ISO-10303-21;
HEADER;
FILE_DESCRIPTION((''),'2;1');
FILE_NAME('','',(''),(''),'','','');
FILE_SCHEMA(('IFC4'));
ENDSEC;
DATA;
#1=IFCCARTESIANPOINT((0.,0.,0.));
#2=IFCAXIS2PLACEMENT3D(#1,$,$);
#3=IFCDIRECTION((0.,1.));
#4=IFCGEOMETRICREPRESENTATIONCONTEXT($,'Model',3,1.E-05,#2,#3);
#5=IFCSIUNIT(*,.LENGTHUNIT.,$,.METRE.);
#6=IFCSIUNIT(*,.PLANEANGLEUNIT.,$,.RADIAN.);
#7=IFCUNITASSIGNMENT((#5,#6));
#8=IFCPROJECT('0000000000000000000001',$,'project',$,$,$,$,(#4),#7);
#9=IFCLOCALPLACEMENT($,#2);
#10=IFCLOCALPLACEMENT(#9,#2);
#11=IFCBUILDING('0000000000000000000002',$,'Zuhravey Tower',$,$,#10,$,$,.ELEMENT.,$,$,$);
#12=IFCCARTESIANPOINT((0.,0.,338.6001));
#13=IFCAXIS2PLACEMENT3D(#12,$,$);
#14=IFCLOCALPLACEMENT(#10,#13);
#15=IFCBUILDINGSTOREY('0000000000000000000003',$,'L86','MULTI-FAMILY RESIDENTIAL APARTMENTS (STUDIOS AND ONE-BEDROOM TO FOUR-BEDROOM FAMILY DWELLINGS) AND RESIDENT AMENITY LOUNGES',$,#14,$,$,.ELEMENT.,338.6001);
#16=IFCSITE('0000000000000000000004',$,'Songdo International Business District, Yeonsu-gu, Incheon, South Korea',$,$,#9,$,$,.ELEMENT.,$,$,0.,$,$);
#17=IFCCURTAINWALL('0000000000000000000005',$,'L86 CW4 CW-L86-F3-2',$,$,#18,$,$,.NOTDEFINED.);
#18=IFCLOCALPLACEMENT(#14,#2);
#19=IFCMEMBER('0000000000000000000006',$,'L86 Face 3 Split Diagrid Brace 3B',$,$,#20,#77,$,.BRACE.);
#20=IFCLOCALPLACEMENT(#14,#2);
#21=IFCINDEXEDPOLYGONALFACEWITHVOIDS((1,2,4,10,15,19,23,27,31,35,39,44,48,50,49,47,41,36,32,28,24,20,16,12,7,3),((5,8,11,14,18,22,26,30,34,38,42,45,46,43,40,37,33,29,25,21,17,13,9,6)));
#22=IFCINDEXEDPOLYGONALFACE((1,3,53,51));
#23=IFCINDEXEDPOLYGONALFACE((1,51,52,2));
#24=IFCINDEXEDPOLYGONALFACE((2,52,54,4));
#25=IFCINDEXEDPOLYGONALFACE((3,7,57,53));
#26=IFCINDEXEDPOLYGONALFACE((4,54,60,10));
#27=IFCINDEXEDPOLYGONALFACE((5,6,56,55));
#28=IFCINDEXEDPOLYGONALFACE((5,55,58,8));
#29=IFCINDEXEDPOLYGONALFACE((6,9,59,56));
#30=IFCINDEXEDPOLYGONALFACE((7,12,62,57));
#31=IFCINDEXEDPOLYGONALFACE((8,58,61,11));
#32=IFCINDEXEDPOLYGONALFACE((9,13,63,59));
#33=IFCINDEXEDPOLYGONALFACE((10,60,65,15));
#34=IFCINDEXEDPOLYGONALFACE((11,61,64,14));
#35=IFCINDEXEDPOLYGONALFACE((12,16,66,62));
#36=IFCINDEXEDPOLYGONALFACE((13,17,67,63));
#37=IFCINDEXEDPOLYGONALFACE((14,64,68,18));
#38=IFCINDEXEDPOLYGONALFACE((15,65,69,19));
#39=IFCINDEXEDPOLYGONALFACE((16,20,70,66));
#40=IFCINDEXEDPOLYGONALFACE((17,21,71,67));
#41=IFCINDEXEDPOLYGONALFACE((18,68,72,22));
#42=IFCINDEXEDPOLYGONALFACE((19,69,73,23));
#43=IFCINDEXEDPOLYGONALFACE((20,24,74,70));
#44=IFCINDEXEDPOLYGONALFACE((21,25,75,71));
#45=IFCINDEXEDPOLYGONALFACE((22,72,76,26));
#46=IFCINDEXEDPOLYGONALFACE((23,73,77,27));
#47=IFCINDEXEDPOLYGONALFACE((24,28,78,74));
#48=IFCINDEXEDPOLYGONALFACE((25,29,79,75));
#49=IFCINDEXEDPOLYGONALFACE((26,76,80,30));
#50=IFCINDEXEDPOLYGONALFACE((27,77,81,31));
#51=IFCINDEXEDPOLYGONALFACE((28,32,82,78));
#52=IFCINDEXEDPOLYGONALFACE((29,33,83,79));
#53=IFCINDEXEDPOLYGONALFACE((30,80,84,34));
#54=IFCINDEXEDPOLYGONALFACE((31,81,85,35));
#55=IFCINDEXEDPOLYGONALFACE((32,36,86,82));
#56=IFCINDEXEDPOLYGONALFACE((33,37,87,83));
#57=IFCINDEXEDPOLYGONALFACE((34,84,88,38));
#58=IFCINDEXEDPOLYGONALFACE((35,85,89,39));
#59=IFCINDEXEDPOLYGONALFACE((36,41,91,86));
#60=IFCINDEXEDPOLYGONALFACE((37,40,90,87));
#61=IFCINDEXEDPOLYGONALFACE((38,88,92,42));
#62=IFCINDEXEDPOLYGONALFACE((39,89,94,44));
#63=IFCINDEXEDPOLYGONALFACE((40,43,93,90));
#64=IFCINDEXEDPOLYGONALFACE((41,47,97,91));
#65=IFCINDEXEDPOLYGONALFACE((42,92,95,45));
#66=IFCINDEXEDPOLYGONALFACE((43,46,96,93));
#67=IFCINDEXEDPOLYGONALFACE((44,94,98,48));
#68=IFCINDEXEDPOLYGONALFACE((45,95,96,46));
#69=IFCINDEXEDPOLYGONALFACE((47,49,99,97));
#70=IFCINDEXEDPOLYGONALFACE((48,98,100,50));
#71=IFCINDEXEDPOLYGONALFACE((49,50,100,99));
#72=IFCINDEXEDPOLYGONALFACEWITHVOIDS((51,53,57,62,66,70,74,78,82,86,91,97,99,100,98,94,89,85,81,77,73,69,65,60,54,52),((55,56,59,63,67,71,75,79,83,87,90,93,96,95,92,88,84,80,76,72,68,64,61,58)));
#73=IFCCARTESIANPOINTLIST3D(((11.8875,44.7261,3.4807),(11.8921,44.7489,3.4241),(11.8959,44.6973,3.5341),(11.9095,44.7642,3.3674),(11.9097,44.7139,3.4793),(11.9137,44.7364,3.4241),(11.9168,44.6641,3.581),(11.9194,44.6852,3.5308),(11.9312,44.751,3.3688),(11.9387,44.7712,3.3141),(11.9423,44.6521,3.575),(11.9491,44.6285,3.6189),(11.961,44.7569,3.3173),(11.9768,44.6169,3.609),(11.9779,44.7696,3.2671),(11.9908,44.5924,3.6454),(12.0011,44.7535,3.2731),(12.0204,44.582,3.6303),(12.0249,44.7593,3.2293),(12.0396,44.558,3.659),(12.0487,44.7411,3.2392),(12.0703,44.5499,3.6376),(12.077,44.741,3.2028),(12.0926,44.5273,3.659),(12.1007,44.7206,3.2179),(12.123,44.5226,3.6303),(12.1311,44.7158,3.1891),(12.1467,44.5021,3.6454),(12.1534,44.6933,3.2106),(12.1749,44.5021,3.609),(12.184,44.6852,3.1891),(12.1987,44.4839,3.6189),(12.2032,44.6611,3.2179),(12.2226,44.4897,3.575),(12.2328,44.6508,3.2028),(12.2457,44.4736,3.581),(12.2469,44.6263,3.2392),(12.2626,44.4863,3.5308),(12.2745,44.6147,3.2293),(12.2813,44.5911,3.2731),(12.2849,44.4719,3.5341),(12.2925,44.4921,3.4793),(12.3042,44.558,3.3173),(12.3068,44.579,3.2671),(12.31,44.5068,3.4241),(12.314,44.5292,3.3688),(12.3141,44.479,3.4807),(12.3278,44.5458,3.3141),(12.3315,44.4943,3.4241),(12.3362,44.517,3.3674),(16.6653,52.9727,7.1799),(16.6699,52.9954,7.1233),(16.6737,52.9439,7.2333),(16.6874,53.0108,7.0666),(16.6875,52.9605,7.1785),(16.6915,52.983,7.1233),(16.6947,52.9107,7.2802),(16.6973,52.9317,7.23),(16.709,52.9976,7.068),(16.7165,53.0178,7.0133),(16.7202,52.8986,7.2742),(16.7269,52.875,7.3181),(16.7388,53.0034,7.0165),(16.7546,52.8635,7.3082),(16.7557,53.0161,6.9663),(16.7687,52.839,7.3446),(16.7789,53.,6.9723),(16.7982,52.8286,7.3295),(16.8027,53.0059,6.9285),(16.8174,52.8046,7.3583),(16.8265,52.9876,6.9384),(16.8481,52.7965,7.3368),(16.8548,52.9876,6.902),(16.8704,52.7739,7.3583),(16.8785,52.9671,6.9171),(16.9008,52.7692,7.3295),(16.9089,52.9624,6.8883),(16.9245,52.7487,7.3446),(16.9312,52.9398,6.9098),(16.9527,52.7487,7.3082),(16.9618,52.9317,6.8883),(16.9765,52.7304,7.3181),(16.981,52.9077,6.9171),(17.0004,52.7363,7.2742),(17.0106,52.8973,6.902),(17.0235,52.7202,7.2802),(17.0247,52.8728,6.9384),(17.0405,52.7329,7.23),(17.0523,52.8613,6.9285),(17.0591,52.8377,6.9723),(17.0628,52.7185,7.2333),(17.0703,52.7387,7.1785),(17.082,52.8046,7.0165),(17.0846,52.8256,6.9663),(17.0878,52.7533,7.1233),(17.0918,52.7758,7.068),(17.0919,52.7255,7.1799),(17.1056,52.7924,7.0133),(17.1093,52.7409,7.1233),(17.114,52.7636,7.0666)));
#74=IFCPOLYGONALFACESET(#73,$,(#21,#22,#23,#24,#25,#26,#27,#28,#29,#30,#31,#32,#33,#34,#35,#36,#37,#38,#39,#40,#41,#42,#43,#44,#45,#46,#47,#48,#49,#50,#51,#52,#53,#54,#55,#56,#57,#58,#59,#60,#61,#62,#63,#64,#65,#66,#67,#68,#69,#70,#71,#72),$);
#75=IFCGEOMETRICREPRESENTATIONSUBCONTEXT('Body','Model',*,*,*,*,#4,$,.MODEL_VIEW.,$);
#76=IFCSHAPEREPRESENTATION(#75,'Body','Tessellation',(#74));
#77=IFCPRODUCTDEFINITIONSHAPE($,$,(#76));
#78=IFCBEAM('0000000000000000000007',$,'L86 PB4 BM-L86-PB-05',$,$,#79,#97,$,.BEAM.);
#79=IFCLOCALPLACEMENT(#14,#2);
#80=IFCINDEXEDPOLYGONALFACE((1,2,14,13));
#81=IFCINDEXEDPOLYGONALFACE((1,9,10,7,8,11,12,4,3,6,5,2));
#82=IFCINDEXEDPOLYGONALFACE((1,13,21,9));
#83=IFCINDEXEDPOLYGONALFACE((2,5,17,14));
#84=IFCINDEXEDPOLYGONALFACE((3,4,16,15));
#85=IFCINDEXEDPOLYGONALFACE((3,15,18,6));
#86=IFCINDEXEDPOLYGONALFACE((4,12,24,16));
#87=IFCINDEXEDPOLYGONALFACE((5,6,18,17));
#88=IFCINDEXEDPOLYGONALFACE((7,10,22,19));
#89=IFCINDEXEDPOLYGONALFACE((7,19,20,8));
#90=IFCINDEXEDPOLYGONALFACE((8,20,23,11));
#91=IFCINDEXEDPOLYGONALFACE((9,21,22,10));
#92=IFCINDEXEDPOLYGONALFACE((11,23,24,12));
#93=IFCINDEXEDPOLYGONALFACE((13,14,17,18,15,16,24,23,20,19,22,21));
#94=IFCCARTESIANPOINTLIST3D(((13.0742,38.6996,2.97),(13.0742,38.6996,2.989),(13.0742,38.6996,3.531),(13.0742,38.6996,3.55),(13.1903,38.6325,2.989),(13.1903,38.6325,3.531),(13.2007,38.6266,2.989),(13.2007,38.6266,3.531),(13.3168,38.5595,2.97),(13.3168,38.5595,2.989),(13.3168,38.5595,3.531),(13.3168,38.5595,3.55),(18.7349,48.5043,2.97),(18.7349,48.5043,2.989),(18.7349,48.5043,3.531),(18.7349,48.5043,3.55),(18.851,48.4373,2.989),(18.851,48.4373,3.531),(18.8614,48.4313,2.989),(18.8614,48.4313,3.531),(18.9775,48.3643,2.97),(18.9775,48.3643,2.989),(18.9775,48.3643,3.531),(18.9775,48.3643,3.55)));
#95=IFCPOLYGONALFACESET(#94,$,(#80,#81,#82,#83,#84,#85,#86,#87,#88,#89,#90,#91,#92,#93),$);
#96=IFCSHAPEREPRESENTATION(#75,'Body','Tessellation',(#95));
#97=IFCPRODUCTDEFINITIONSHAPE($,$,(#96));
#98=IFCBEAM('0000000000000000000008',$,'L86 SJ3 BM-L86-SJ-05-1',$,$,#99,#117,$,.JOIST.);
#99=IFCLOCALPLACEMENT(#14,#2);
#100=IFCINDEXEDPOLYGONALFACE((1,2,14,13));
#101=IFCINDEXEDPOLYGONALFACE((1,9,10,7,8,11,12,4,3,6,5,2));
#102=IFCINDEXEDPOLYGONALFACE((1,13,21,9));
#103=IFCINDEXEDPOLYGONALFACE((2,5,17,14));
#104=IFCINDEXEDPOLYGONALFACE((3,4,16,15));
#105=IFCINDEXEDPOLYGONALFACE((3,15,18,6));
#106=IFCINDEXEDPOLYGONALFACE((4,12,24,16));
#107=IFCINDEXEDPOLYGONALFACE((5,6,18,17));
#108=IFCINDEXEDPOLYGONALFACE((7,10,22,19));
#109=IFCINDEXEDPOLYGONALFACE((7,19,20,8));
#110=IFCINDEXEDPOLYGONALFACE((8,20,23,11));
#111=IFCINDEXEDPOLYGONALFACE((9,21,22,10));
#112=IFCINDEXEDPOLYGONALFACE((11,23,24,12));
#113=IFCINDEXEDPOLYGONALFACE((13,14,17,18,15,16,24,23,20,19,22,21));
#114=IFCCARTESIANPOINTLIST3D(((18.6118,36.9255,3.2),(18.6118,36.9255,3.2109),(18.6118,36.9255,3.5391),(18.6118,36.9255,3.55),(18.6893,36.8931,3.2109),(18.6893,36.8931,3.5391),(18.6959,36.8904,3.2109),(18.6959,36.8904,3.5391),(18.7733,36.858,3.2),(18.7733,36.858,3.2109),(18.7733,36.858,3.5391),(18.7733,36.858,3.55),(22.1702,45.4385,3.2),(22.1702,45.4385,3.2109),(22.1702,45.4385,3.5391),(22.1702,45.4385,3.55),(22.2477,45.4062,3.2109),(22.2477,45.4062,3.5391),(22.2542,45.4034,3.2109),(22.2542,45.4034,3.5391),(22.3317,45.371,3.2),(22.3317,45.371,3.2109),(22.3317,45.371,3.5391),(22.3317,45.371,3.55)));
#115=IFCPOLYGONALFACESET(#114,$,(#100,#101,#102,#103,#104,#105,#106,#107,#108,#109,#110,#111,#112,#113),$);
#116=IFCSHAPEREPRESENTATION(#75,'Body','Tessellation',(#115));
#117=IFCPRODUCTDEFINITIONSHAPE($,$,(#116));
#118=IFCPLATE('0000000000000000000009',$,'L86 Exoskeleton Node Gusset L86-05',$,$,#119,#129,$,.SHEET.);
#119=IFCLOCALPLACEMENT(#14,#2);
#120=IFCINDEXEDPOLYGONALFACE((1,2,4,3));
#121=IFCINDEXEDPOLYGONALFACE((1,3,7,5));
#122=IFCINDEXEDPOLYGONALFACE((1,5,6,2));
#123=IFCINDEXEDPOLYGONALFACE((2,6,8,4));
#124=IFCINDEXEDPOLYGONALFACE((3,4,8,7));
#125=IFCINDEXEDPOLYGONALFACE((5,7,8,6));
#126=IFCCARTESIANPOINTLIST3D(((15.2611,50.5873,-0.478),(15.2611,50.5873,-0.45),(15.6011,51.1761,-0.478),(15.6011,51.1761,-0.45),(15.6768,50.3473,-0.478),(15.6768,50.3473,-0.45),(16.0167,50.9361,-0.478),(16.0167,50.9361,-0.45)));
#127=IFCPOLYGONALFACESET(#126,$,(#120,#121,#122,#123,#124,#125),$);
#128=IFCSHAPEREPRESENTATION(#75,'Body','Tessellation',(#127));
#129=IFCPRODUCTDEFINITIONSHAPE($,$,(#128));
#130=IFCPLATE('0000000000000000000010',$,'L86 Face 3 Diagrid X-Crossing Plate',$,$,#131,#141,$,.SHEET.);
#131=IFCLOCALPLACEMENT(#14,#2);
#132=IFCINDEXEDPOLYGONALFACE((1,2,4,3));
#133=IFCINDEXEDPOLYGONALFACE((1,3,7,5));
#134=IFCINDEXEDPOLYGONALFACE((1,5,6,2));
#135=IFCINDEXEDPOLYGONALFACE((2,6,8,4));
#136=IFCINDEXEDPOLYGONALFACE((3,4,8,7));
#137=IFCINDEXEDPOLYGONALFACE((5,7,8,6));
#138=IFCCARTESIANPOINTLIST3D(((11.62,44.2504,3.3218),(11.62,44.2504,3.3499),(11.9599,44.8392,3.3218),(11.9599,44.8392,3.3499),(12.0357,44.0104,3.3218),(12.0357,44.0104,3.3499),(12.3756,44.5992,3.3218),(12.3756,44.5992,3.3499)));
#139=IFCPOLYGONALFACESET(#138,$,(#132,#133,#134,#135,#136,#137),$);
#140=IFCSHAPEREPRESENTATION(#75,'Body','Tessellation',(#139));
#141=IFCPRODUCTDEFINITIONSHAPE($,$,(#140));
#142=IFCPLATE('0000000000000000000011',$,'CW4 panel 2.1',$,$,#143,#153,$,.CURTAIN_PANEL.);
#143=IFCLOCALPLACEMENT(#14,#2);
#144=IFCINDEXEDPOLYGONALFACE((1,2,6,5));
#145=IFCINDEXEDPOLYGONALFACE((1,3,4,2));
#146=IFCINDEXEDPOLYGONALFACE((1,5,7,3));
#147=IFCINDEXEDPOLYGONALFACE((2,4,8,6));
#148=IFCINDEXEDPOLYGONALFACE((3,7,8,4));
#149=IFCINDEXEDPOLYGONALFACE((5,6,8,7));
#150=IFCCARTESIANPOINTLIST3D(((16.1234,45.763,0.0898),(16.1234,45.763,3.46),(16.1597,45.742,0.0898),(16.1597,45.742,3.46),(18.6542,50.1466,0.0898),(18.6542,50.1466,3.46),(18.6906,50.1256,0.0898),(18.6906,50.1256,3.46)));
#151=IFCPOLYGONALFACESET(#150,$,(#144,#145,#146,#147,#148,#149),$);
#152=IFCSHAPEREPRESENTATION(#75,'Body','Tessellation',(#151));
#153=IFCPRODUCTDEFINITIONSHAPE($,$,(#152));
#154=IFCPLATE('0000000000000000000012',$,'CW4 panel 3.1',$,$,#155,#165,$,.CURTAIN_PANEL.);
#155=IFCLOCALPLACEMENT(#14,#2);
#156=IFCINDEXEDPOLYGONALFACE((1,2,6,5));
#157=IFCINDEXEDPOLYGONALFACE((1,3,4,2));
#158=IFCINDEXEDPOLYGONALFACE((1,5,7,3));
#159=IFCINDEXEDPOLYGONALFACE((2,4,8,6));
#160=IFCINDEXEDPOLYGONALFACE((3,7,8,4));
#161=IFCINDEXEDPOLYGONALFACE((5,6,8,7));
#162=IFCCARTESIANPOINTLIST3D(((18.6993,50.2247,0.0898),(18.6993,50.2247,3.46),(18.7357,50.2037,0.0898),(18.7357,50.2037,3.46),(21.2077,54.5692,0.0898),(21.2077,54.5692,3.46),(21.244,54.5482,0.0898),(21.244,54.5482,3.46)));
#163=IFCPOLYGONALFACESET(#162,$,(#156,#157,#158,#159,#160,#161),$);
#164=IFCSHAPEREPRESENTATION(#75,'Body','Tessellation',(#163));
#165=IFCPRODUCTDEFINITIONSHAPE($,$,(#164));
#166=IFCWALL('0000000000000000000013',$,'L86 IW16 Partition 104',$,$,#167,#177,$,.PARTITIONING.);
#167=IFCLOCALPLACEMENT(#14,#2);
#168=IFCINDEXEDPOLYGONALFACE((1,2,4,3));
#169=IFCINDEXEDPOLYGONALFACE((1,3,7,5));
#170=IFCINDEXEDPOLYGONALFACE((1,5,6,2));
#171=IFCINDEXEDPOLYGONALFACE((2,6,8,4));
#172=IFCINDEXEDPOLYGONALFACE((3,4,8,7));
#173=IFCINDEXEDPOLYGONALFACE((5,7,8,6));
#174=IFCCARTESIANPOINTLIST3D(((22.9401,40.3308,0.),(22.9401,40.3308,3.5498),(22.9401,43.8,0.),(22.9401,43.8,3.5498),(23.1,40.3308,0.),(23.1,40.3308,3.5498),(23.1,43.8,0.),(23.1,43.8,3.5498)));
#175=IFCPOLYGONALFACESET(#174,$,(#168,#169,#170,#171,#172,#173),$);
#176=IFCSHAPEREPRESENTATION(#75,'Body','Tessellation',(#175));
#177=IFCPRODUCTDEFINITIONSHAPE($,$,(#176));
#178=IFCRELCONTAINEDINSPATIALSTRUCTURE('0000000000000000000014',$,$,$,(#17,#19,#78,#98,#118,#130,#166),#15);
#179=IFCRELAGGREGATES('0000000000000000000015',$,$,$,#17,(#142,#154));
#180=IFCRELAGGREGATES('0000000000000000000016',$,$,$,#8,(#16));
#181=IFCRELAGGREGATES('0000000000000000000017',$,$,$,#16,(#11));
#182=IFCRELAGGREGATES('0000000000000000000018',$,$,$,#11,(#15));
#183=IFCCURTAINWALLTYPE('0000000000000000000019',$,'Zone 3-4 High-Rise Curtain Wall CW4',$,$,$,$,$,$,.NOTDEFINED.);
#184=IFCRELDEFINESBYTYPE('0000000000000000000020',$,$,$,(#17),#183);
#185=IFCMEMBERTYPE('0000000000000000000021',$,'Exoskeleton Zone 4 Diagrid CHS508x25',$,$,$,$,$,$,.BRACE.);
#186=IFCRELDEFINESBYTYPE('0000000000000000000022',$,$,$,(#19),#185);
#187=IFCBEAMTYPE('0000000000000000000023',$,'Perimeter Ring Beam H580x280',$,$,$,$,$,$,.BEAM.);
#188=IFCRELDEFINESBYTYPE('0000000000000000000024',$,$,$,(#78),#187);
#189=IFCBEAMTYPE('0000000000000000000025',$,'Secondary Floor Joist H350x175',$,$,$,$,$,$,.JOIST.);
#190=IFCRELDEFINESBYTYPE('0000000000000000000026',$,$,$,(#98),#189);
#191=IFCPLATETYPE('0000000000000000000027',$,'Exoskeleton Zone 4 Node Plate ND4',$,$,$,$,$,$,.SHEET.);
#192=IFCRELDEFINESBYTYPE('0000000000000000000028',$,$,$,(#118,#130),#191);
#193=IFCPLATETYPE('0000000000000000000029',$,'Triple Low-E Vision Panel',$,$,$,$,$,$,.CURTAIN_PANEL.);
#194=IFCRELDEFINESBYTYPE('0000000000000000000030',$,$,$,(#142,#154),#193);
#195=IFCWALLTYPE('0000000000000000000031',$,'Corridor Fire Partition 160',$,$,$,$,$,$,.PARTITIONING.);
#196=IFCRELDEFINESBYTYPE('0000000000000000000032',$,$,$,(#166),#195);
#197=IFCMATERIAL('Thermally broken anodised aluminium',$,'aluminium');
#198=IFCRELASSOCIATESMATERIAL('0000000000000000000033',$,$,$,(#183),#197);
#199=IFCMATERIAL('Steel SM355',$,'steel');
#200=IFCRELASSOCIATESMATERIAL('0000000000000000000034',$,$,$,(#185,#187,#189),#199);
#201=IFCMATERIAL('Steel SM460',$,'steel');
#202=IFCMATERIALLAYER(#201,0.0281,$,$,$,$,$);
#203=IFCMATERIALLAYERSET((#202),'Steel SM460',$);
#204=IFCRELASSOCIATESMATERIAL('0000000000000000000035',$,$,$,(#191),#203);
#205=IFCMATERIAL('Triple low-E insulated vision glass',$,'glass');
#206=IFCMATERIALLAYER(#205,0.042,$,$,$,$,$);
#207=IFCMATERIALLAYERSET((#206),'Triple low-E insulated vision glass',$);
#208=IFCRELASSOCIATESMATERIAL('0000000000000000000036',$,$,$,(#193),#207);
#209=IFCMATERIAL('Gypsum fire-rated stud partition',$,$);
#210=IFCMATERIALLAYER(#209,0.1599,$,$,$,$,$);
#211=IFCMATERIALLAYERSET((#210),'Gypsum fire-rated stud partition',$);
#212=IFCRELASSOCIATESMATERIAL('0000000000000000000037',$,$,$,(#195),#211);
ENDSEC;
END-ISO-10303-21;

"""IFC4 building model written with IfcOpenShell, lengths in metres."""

from ifc_helpers import new_model, si_unit, direction, frame, frame_2d, origin, origin_2d, place, context, subcontext, project, spatial, rectangle, hollow_circle, i_section, extrude, material, layer, layer_set, material_profile, profile_set, type_object, element, aggregate, save


model = new_model("IFC4")

# Units and contexts
model_context = context("Model", 3, precision=1e-05, world=origin(), true_north=direction((0.0, 1.0)))
body_context = subcontext(model_context, "Body", "Model", "MODEL_VIEW")
ifc_project = project(units=[si_unit("LENGTHUNIT", "METRE"), si_unit("PLANEANGLEUNIT", "RADIAN")], contexts=[model_context])

# Site, building, storey
site_placement = place(None, origin())
site = spatial("IfcSite", under=ifc_project, at=site_placement, Name="Songdo International Business District, Yeonsu-gu, Incheon, South Korea", CompositionType="ELEMENT", RefElevation=0.0)
building_placement = place(site_placement, origin())
building = spatial("IfcBuilding", under=site, at=building_placement, Name="Zuhravey Tower", CompositionType="ELEMENT")
storey_placement = place(building_placement, frame((0.0, 0.0, 338.6001)))
storey = spatial("IfcBuildingStorey", under=building, at=storey_placement, Name="L86", Description="MULTI-FAMILY RESIDENTIAL APARTMENTS (STUDIOS AND ONE-BEDROOM TO FOUR-BEDROOM FAMILY DWELLINGS) AND RESIDENT AMENITY LOUNGES", CompositionType="ELEMENT", Elevation=338.6001)

# Curtain wall
ifc_material_1 = material(Name="Thermally broken anodised aluminium", Category="aluminium")
curtain_wall_type = type_object("IfcCurtainWallType", Name="Zone 3-4 High-Rise Curtain Wall CW4", PredefinedType="NOTDEFINED", material=ifc_material_1)
curtain_wall_1_placement = place(storey_placement, origin())
curtain_wall_1 = element("IfcCurtainWall", 1, at=curtain_wall_1_placement, inside=storey, type_object=curtain_wall_type, Name="L86 CW4 CW-L86-F3-2", PredefinedType="NOTDEFINED")

# Member
ifc_material_2 = material(Name="Steel SM355", Category="steel")
ifc_material_profile_1 = material_profile(ifc_material_2, hollow_circle(Radius=0.2539, WallThickness=0.0249, at=origin_2d()), Name="CHS-508.0x25")
ifc_profile_set_1 = profile_set([ifc_material_profile_1], Name="Steel SM355")
member_type_1 = type_object("IfcMemberType", Name="Exoskeleton Zone 4 Diagrid CHS508x25", PredefinedType="BRACE", material=ifc_profile_set_1)
member_1_placement = place(storey_placement, frame((12.1118, 44.6216, 3.4241), z_axis=(0.467343, 0.806638, 0.361838), x_axis=(-0.865267, 0.501311, 0.0)))
element("IfcMember", 2, at=member_1_placement, inside=storey, type_object=member_type_1, Name="L86 Face 3 Split Diagrid Brace 3B", PredefinedType="BRACE", context=body_context, shape_type="SweptSolid", body=[
    extrude(hollow_circle(Radius=0.2539, WallThickness=0.0249, at=origin_2d()), origin(), (0.0, 0.0, 1.0), 10.2234),
])

# Beams
ifc_material_profile_2 = material_profile(ifc_material_2, i_section(OverallWidth=0.28, OverallDepth=0.5801, WebThickness=0.012, FlangeThickness=0.019, at=origin_2d()), Name="H-580x280x12x19")
ifc_profile_set_2 = profile_set([ifc_material_profile_2], Name="Steel SM355")
beam_type_1 = type_object("IfcBeamType", Name="Perimeter Ring Beam H580x280", PredefinedType="BEAM", material=ifc_profile_set_2)
beam_1_placement = place(storey_placement, frame((18.8562, 48.4343, 3.26), z_axis=(-0.499994, -0.866029, 0.0), x_axis=(0.866029, -0.499994, 0.0)))
element("IfcBeam", 3, at=beam_1_placement, inside=storey, type_object=beam_type_1, Name="L86 PB4 BM-L86-PB-05", PredefinedType="BEAM", context=body_context, shape_type="SweptSolid", body=[
    extrude(i_section(OverallWidth=0.28, OverallDepth=0.5801, WebThickness=0.012, FlangeThickness=0.019, at=origin_2d()), origin(), (0.0, 0.0, 1.0), 11.3215),
])
ifc_material_profile_3 = material_profile(ifc_material_2, i_section(OverallWidth=0.175, OverallDepth=0.3501, WebThickness=0.0071, FlangeThickness=0.011, at=origin_2d()), Name="H-350x175x7x11")
ifc_profile_set_3 = profile_set([ifc_material_profile_3], Name="Steel SM355")
beam_type_2 = type_object("IfcBeamType", Name="Secondary Floor Joist H350x175", PredefinedType="JOIST", material=ifc_profile_set_3)
beam_2_placement = place(storey_placement, frame((22.251, 45.4048, 3.375), z_axis=(-0.385658, -0.922642, 0.0), x_axis=(0.922642, -0.385658, 0.0)))
element("IfcBeam", 4, at=beam_2_placement, inside=storey, type_object=beam_type_2, Name="L86 SJ3 BM-L86-SJ-05-1", PredefinedType="JOIST", context=body_context, shape_type="SweptSolid", body=[
    extrude(i_section(OverallWidth=0.175, OverallDepth=0.3501, WebThickness=0.0071, FlangeThickness=0.011, at=origin_2d()), origin(), (0.0, 0.0, 1.0), 9.2268),
])

# Plates
ifc_material_3 = material(Name="Steel SM460", Category="steel")
ifc_layer_1 = layer(ifc_material_3, 0.0281)
ifc_layer_set_1 = layer_set([ifc_layer_1], Name="Steel SM460")
plate_type_1 = type_object("IfcPlateType", Name="Exoskeleton Zone 4 Node Plate ND4", PredefinedType="SHEET", material=ifc_layer_set_1)
for number, where, z_axis, x_axis, name in (
    (5, (15.6389, 50.7617, -0.478), (0.0, 0.0, 1.0), (-0.5, -0.866025, 0.0), "L86 Exoskeleton Node Gusset L86-05"),
    (6, (11.9978, 44.4248, 3.3218), (0.0, 0.0, 1.0), (-0.5, -0.866025, 0.0), "L86 Face 3 Diagrid X-Crossing Plate"),
):
    element("IfcPlate", number, at=place(storey_placement, frame(where, z_axis=z_axis, x_axis=x_axis)), inside=storey, type_object=plate_type_1, Name=name, PredefinedType="SHEET", context=body_context, shape_type="SweptSolid", body=[
        extrude(rectangle(XDim=0.6799, YDim=0.48, at=origin_2d()), origin(), (0.0, 0.0, 1.0), 0.0281),
    ])

# Plates
ifc_material_4 = material(Name="Triple low-E insulated vision glass", Category="glass")
ifc_layer_2 = layer(ifc_material_4, 0.042)
ifc_layer_set_2 = layer_set([ifc_layer_2], Name="Triple low-E insulated vision glass")
plate_type_2 = type_object("IfcPlateType", Name="Triple Low-E Vision Panel", PredefinedType="CURTAIN_PANEL", material=ifc_layer_set_2)
plate_1_placement = place(storey_placement, frame((17.407, 47.9443, 0.0898), z_axis=(0.0, 0.0, 1.0), x_axis=(0.500003, 0.866024, 0.0)))
plate_1 = element("IfcPlate", 7, at=plate_1_placement, type_object=plate_type_2, Name="CW4 panel 2.1", PredefinedType="CURTAIN_PANEL", context=body_context, shape_type="SweptSolid", body=[
    extrude(rectangle(XDim=5.0618, YDim=0.042, at=origin_2d()), origin(), (0.0, 0.0, 1.0), 3.3701),
])
plate_2_placement = place(storey_placement, frame((19.9717, 52.3865, 0.0898), z_axis=(0.0, 0.0, 1.0), x_axis=(0.500003, 0.866024, 0.0)))
plate_2 = element("IfcPlate", 8, at=plate_2_placement, type_object=plate_type_2, Name="CW4 panel 3.1", PredefinedType="CURTAIN_PANEL", context=body_context, shape_type="SweptSolid", body=[
    extrude(rectangle(XDim=5.0166, YDim=0.042, at=origin_2d()), origin(), (0.0, 0.0, 1.0), 3.3701),
])
aggregate(curtain_wall_1, [plate_1, plate_2])

# Wall
ifc_material_5 = material(Name="Gypsum fire-rated stud partition")
ifc_layer_3 = layer(ifc_material_5, 0.1599)
ifc_layer_set_3 = layer_set([ifc_layer_3], Name="Gypsum fire-rated stud partition")
wall_type_1 = type_object("IfcWallType", Name="Corridor Fire Partition 160", PredefinedType="PARTITIONING", material=ifc_layer_set_3)
wall_1_placement = place(storey_placement, frame((23.02, 43.8, 0.0), z_axis=(0.0, 0.0, 1.0), x_axis=(0.0, -1.0, 0.0)))
element("IfcWall", 9, at=wall_1_placement, inside=storey, type_object=wall_type_1, Name="L86 IW16 Partition 104", PredefinedType="PARTITIONING", context=body_context, shape_type="SweptSolid", body=[
    extrude(rectangle(XDim=3.4692, YDim=0.1599, at=frame_2d((1.7346, 0.0))), origin(), (0.0, 0.0, 1.0), 3.5498),
])

save(model, "model.ifc")
